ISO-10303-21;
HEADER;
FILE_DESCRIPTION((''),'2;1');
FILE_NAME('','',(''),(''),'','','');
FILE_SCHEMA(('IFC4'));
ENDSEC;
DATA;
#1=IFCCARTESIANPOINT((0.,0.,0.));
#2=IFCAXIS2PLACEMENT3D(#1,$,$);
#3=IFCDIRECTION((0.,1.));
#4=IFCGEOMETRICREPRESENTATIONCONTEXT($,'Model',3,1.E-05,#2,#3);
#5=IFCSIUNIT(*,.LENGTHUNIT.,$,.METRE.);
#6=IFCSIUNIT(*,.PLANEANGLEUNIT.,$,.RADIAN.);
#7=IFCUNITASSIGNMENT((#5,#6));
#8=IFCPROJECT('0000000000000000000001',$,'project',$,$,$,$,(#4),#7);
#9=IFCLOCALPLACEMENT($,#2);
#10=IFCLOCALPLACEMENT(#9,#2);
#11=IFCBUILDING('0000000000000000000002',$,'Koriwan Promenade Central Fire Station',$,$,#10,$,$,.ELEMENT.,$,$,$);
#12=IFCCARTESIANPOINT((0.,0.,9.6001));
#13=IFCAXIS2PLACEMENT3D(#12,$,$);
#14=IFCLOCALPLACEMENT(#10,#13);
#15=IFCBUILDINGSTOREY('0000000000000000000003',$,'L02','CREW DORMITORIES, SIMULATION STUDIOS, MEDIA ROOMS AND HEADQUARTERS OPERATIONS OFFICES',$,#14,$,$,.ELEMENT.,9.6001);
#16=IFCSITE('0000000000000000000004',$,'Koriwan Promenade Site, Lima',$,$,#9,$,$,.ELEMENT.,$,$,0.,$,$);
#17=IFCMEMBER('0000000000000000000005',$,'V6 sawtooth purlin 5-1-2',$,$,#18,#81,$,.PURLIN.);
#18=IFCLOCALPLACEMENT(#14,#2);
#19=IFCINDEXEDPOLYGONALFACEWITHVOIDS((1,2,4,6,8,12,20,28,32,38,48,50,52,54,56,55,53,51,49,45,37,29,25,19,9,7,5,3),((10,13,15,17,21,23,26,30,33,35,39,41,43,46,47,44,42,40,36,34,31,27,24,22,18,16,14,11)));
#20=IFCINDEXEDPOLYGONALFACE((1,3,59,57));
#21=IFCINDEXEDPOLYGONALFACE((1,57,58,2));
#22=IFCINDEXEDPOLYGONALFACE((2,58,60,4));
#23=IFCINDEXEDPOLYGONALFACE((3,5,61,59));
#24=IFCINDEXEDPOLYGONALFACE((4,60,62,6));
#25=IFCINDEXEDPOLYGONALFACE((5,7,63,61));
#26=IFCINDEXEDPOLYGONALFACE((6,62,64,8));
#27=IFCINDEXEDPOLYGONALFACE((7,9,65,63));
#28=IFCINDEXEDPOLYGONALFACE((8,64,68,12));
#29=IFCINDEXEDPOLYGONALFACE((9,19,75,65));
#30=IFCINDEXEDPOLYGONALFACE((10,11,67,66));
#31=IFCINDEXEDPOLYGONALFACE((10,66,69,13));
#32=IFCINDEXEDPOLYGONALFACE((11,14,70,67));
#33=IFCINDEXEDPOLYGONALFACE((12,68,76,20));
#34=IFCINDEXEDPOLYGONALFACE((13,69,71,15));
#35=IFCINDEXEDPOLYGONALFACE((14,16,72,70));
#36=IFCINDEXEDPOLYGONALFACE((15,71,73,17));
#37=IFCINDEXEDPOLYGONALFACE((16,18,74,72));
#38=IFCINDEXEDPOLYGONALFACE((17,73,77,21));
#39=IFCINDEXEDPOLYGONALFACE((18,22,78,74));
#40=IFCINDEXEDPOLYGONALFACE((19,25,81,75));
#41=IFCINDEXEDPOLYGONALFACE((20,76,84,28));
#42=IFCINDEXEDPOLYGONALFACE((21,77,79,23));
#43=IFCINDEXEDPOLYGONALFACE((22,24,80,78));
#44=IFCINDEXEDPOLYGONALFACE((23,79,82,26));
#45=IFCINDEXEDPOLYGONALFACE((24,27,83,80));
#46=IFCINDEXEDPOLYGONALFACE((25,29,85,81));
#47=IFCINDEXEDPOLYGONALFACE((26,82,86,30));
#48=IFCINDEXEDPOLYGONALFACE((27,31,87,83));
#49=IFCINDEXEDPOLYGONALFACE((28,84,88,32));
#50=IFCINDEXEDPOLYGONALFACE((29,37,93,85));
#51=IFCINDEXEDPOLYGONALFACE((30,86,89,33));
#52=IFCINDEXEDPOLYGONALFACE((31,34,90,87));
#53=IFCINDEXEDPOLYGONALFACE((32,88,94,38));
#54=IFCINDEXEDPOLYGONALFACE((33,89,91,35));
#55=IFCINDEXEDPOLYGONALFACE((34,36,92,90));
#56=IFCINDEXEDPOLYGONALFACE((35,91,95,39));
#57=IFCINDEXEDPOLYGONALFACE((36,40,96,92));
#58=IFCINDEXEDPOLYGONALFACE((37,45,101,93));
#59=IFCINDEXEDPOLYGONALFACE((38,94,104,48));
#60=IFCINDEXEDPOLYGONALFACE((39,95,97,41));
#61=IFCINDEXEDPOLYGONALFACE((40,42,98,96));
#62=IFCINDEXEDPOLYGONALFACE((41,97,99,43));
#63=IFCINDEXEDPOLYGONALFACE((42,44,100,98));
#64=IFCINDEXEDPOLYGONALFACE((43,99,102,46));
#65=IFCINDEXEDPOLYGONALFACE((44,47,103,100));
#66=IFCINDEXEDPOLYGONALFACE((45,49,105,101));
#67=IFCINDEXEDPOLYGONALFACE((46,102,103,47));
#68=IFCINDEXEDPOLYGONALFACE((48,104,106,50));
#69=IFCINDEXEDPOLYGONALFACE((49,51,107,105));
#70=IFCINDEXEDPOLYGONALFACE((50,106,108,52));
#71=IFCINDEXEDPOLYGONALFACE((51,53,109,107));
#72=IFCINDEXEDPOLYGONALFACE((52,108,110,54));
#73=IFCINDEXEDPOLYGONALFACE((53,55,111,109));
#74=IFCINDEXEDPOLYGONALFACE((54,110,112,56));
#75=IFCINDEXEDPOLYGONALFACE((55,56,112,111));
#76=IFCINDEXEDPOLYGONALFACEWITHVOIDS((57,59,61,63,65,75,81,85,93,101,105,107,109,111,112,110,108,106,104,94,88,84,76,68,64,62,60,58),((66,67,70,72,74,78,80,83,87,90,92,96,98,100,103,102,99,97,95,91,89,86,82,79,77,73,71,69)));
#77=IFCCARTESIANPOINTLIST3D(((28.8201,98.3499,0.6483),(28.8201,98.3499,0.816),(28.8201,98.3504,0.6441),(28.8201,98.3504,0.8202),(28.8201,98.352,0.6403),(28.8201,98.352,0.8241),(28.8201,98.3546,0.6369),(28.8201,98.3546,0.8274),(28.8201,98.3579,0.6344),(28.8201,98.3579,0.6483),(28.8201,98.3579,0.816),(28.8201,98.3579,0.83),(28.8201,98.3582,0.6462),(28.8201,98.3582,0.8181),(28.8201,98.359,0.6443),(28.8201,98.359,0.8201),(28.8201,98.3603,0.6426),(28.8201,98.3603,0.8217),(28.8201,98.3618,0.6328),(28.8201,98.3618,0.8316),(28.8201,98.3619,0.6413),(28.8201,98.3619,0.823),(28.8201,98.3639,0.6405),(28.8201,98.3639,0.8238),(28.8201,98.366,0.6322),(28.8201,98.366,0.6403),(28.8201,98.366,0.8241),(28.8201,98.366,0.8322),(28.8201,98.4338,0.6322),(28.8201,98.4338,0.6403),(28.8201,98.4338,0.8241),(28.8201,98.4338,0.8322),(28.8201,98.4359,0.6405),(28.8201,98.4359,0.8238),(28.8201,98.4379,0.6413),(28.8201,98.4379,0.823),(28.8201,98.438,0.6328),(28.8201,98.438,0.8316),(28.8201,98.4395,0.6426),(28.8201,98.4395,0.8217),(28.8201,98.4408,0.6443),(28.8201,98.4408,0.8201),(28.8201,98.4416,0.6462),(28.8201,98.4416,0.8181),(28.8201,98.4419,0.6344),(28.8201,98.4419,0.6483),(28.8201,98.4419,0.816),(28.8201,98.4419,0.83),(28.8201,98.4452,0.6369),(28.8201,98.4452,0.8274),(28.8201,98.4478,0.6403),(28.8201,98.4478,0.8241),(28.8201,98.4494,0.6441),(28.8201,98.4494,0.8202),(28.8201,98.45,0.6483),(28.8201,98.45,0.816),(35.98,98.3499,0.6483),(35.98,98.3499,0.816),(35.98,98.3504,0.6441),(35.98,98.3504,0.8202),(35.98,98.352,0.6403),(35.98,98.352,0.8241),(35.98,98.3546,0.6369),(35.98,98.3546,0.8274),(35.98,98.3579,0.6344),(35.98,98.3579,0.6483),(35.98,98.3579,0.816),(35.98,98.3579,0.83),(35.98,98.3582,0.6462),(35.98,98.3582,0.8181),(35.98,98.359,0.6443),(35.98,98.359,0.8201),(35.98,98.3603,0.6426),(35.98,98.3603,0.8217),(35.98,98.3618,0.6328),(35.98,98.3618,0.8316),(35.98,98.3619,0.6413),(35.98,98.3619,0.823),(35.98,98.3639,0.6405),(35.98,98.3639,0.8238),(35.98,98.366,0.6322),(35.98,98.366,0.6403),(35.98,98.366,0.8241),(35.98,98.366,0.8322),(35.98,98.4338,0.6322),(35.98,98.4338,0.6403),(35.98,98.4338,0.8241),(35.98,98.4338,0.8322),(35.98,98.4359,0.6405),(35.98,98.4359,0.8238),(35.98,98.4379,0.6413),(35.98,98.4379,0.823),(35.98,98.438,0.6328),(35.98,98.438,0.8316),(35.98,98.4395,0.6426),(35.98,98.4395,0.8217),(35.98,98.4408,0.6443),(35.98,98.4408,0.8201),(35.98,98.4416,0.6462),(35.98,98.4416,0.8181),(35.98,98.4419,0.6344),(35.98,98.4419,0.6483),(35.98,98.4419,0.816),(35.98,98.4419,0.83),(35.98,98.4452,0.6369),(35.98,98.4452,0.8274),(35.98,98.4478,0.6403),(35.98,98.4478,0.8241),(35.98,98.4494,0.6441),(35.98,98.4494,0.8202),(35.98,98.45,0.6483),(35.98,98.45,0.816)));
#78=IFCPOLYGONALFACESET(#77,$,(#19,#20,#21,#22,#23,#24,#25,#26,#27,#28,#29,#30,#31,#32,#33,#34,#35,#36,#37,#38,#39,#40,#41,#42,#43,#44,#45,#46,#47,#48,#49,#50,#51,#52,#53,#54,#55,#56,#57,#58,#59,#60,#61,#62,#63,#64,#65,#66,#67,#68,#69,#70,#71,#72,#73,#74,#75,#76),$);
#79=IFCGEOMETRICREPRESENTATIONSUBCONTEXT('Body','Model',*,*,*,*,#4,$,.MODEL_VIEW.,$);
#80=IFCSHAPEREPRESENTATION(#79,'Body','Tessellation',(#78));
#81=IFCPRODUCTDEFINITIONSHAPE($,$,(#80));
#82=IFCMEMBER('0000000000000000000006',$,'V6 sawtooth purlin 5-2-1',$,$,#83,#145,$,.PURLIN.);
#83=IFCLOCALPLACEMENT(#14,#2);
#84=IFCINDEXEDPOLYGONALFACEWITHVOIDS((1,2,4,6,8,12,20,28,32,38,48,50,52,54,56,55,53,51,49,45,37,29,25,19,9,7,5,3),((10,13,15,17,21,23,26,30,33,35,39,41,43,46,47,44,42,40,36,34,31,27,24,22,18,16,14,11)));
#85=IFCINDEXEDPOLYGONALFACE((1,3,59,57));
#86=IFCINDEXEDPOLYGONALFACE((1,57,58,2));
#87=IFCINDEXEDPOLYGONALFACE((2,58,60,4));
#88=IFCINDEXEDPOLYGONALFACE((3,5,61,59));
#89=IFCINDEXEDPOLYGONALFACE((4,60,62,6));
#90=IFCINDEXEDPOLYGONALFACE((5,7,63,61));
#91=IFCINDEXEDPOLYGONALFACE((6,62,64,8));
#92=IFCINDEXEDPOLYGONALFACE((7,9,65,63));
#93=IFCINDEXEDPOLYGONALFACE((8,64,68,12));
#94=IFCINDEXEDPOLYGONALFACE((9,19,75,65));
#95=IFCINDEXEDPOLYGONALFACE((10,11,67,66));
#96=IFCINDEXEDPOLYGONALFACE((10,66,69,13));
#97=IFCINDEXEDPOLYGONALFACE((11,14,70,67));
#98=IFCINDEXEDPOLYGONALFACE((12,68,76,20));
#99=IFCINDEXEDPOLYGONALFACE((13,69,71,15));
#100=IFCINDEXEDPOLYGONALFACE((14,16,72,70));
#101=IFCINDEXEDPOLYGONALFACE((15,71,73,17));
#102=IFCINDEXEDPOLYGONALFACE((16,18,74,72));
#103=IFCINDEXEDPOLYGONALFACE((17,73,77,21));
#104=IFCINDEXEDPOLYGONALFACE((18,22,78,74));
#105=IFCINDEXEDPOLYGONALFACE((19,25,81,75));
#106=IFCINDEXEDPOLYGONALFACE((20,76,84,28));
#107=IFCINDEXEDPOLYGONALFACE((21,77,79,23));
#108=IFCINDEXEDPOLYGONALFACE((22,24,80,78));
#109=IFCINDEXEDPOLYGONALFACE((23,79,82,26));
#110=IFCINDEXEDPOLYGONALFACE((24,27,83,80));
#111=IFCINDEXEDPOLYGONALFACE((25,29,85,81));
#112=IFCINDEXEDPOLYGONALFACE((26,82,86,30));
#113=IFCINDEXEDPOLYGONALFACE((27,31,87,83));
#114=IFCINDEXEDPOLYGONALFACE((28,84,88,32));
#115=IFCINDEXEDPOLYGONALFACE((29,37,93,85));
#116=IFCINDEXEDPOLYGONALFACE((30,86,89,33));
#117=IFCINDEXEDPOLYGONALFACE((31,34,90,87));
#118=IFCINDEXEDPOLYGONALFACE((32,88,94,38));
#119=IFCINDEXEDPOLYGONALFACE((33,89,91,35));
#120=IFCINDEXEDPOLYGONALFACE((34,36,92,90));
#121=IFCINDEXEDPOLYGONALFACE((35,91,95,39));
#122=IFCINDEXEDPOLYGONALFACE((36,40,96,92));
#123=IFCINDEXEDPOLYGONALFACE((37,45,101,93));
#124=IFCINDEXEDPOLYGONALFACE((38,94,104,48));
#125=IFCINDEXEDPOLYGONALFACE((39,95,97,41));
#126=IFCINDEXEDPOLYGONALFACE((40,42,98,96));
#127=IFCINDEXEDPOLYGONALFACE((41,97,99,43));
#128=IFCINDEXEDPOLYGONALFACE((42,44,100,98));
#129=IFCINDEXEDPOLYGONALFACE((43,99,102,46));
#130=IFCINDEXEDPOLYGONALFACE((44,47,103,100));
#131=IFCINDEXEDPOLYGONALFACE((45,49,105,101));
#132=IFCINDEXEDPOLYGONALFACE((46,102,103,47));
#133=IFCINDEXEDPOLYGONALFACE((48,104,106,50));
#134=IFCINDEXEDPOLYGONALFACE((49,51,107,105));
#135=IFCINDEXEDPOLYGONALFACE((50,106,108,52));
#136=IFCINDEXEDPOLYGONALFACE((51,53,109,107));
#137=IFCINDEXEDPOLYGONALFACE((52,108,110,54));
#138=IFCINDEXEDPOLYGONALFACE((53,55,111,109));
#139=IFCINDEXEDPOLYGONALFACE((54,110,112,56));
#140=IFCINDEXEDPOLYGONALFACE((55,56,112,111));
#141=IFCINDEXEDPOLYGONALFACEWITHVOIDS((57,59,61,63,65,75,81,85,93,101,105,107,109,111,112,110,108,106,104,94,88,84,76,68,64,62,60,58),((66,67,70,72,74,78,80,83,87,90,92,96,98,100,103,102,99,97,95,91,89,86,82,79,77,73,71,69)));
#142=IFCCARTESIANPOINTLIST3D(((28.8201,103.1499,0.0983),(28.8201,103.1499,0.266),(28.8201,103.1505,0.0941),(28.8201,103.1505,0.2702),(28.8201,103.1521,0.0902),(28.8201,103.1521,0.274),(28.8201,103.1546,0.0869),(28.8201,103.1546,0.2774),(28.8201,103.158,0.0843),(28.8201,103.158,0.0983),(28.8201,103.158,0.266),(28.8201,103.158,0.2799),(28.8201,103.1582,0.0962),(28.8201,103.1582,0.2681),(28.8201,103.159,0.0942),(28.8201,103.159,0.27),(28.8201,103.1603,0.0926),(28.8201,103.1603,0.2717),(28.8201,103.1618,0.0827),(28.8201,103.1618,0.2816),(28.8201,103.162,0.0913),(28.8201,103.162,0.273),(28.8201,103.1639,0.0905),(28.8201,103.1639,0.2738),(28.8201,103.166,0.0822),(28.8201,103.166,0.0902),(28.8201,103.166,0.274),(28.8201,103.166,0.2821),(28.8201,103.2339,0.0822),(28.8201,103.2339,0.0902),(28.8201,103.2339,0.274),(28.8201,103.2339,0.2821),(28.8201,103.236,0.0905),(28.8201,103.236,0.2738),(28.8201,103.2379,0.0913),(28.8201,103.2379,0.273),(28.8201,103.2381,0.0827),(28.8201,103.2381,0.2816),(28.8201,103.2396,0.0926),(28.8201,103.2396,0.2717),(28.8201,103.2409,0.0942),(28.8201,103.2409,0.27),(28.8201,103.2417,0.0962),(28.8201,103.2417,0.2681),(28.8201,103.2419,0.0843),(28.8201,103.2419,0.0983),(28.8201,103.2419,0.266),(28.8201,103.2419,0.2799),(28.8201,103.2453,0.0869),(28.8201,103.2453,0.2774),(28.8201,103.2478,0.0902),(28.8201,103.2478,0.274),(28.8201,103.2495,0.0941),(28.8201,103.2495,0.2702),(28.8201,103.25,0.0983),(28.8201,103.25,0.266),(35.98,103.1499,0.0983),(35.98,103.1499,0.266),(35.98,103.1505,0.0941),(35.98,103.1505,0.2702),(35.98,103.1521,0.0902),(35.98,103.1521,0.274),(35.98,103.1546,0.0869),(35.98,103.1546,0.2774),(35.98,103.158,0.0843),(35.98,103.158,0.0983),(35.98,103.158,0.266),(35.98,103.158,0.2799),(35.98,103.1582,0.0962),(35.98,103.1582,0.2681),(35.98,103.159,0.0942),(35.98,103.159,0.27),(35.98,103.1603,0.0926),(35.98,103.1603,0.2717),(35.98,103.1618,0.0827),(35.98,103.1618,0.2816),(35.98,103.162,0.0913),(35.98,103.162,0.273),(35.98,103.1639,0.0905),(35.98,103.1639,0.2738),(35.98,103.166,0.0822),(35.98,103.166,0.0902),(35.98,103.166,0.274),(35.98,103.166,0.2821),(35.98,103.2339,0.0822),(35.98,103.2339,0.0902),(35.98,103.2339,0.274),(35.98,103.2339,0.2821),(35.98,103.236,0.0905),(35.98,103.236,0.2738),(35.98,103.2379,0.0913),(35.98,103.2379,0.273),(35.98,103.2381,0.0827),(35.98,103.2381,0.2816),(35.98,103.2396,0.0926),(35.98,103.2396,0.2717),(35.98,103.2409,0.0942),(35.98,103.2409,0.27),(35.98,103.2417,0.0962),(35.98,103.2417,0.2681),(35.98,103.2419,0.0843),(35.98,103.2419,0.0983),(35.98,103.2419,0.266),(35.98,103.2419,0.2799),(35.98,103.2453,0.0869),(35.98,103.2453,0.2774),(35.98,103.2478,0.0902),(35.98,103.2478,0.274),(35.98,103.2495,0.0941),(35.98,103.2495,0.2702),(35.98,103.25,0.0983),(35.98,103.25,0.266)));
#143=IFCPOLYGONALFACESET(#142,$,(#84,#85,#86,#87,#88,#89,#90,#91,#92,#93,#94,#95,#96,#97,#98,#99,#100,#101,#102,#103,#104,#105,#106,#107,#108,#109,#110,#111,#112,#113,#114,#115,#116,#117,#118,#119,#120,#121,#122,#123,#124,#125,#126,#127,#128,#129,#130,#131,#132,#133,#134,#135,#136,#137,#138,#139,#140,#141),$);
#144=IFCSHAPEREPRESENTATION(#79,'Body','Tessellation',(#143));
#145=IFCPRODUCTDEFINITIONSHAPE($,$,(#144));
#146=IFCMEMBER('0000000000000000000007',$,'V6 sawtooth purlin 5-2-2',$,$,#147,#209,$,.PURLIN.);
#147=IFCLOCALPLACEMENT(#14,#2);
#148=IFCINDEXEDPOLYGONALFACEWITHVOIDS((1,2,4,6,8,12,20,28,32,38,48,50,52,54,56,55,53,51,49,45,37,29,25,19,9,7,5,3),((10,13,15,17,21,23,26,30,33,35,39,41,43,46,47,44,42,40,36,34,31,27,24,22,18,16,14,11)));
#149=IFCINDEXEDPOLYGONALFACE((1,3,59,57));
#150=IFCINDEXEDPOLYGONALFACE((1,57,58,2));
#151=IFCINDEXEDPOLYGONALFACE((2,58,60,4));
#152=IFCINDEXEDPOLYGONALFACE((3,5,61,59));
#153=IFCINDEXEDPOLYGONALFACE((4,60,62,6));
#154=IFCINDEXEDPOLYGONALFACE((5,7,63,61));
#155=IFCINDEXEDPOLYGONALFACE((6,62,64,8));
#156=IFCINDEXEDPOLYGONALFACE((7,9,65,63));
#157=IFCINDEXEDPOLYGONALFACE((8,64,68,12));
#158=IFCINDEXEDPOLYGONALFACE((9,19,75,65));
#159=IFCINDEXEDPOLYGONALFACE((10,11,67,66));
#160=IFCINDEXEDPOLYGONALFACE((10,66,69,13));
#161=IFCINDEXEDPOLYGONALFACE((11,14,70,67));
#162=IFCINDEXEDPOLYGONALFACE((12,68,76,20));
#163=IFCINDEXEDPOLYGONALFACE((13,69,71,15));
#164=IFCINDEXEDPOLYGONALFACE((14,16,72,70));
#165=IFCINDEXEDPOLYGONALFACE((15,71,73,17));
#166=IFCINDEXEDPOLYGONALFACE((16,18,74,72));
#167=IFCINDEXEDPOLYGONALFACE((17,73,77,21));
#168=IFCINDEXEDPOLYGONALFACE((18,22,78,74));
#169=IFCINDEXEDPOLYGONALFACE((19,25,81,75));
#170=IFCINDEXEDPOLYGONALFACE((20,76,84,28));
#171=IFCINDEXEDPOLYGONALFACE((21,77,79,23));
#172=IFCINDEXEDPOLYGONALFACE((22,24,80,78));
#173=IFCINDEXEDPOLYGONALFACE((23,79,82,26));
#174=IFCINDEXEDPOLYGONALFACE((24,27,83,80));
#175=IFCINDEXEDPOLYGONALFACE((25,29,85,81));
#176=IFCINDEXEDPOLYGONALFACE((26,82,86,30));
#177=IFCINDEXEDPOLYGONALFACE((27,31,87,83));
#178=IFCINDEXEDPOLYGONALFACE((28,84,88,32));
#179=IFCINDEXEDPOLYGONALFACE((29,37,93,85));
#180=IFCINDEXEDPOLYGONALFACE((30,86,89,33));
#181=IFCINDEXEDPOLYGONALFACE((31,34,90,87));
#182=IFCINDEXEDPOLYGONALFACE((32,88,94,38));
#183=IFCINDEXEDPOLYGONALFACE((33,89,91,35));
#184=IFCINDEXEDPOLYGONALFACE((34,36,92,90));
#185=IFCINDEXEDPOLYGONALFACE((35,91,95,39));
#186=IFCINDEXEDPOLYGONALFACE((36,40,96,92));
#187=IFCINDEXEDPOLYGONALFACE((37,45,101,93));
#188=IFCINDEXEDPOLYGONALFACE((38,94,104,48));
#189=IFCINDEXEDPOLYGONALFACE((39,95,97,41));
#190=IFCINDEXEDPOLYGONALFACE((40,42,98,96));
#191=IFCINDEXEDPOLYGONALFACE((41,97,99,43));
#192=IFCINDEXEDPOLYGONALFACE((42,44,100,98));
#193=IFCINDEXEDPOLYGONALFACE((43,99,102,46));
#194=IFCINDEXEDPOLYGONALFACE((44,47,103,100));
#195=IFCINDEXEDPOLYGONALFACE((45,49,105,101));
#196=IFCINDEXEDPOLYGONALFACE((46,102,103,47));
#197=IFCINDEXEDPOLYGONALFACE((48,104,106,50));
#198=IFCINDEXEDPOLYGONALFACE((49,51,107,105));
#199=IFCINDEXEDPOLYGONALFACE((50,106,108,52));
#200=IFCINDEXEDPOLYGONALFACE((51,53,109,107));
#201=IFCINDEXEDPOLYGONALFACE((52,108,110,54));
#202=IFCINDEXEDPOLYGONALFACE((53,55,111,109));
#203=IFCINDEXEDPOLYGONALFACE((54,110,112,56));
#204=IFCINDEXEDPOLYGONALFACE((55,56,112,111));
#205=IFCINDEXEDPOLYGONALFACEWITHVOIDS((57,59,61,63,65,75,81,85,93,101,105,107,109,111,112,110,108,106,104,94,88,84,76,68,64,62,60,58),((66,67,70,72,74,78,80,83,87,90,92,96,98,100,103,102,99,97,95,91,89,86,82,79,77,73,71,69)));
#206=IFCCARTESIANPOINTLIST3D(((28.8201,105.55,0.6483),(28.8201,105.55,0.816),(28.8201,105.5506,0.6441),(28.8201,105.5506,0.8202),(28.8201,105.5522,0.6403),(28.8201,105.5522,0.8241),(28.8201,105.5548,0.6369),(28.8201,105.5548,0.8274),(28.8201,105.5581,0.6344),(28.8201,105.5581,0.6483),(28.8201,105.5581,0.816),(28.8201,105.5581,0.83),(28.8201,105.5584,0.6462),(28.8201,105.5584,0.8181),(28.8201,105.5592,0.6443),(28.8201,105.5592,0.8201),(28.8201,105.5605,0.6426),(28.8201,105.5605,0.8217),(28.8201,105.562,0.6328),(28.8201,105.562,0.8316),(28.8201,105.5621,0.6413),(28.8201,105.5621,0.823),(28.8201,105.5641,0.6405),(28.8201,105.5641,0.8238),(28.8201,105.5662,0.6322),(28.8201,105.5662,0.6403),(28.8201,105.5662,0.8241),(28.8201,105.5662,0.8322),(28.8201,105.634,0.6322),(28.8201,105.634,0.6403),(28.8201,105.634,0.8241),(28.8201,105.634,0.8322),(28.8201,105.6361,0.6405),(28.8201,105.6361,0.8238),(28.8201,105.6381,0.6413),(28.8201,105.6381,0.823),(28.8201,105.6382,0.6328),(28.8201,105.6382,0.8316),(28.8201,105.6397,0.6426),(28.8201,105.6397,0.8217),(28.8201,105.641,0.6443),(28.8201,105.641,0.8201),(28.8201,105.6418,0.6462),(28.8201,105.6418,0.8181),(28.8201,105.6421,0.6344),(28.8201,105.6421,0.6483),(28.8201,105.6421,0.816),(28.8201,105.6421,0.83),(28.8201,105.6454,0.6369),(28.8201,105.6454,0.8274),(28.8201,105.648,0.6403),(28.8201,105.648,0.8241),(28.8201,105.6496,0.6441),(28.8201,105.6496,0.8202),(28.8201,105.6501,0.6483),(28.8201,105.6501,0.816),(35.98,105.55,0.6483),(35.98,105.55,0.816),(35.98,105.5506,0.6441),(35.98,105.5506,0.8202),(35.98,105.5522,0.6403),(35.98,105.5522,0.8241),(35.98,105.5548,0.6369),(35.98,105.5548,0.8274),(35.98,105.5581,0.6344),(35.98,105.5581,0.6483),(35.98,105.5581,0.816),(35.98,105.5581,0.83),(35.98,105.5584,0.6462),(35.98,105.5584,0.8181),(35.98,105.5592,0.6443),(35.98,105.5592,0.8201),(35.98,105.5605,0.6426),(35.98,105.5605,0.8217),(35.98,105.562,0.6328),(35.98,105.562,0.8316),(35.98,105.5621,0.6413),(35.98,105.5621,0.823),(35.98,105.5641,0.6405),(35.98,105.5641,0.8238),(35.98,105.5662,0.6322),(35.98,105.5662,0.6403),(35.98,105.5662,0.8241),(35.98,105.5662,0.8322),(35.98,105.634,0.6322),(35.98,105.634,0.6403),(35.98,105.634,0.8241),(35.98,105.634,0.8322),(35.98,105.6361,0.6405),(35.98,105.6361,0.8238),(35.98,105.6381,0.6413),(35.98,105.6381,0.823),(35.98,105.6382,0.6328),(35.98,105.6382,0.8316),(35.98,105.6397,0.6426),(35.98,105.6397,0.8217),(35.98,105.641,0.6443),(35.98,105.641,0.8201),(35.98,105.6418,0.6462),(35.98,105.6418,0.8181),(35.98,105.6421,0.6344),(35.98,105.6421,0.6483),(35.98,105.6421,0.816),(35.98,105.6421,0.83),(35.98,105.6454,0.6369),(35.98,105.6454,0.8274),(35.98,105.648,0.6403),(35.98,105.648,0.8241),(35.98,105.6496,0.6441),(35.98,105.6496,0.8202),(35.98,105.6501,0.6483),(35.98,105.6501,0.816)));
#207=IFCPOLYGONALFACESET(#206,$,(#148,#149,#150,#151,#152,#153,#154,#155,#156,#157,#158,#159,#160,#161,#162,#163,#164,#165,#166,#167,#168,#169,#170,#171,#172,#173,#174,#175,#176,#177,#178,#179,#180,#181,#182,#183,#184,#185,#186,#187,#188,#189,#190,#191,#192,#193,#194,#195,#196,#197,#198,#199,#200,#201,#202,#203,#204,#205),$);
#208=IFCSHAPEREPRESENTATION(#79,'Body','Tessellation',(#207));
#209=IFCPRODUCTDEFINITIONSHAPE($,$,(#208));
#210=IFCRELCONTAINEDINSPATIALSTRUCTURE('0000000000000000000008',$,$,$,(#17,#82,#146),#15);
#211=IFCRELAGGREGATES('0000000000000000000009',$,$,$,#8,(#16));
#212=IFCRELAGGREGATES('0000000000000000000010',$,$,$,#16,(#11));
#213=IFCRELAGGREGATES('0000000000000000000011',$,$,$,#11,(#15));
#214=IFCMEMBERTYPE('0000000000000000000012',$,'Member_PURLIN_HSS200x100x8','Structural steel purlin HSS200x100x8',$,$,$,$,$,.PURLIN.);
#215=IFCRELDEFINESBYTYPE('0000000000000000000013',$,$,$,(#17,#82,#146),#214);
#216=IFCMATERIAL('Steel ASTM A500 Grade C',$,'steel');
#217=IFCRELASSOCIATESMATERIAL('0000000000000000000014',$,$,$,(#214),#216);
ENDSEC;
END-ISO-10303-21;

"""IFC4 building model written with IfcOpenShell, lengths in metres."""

from ifc_helpers import new_model, si_unit, direction, frame, origin, origin_2d, place, context, subcontext, project, spatial, hollow_rectangle, extrude, material, material_profile, profile_set, type_object, element, save


model = new_model("IFC4")

# Units and contexts
model_context = context("Model", 3, precision=1e-05, world=origin(), true_north=direction((0.0, 1.0)))
body_context = subcontext(model_context, "Body", "Model", "MODEL_VIEW")
ifc_project = project(units=[si_unit("LENGTHUNIT", "METRE"), si_unit("PLANEANGLEUNIT", "RADIAN")], contexts=[model_context])

# Site, building, storey
site_placement = place(None, origin())
site = spatial("IfcSite", under=ifc_project, at=site_placement, Name="Koriwan Promenade Site, Lima", CompositionType="ELEMENT", RefElevation=0.0)
building_placement = place(site_placement, origin())
building = spatial("IfcBuilding", under=site, at=building_placement, Name="Koriwan Promenade Central Fire Station", CompositionType="ELEMENT")
storey_placement = place(building_placement, frame((0.0, 0.0, 9.6001)))
storey = spatial("IfcBuildingStorey", under=building, at=storey_placement, Name="L02", Description="CREW DORMITORIES, SIMULATION STUDIOS, MEDIA ROOMS AND HEADQUARTERS OPERATIONS OFFICES", CompositionType="ELEMENT", Elevation=9.6001)

# Members
ifc_material_1 = material(Name="Steel ASTM A500 Grade C", Category="steel")
ifc_material_profile_1 = material_profile(ifc_material_1, hollow_rectangle(XDim=0.1001, YDim=0.2, WallThickness=0.0081, InnerFilletRadius=0.0081, OuterFilletRadius=0.0161, at=origin_2d()), Name="HSS200x100x8")
ifc_profile_set_1 = profile_set([ifc_material_profile_1], Name="Steel ASTM A500 Grade C")
member_type_1 = type_object("IfcMemberType", Name="Member_PURLIN_HSS200x100x8", Description="Structural steel purlin HSS200x100x8", PredefinedType="PURLIN", material=ifc_profile_set_1)
for number, where, z_axis, x_axis, name in (
    (1, (28.8201, 98.3999, 0.7322), (1.0, 0.0, 0.0), (0.0, 1.0, 0.0), "V6 sawtooth purlin 5-1-2"),
    (2, (28.8201, 103.2, 0.1821), (1.0, 0.0, 0.0), (0.0, 1.0, 0.0), "V6 sawtooth purlin 5-2-1"),
    (3, (28.8201, 105.6001, 0.7322), (1.0, 0.0, 0.0), (0.0, 1.0, 0.0), "V6 sawtooth purlin 5-2-2"),
):
    element("IfcMember", number, at=place(storey_placement, frame(where, z_axis=z_axis, x_axis=x_axis)), inside=storey, type_object=member_type_1, Name=name, PredefinedType="PURLIN", context=body_context, shape_type="SweptSolid", body=[
        extrude(hollow_rectangle(XDim=0.1001, YDim=0.2, WallThickness=0.0081, InnerFilletRadius=0.0081, OuterFilletRadius=0.0161, at=origin_2d()), origin(), (0.0, 0.0, 1.0), 7.1599),
    ])

save(model, "model.ifc")
